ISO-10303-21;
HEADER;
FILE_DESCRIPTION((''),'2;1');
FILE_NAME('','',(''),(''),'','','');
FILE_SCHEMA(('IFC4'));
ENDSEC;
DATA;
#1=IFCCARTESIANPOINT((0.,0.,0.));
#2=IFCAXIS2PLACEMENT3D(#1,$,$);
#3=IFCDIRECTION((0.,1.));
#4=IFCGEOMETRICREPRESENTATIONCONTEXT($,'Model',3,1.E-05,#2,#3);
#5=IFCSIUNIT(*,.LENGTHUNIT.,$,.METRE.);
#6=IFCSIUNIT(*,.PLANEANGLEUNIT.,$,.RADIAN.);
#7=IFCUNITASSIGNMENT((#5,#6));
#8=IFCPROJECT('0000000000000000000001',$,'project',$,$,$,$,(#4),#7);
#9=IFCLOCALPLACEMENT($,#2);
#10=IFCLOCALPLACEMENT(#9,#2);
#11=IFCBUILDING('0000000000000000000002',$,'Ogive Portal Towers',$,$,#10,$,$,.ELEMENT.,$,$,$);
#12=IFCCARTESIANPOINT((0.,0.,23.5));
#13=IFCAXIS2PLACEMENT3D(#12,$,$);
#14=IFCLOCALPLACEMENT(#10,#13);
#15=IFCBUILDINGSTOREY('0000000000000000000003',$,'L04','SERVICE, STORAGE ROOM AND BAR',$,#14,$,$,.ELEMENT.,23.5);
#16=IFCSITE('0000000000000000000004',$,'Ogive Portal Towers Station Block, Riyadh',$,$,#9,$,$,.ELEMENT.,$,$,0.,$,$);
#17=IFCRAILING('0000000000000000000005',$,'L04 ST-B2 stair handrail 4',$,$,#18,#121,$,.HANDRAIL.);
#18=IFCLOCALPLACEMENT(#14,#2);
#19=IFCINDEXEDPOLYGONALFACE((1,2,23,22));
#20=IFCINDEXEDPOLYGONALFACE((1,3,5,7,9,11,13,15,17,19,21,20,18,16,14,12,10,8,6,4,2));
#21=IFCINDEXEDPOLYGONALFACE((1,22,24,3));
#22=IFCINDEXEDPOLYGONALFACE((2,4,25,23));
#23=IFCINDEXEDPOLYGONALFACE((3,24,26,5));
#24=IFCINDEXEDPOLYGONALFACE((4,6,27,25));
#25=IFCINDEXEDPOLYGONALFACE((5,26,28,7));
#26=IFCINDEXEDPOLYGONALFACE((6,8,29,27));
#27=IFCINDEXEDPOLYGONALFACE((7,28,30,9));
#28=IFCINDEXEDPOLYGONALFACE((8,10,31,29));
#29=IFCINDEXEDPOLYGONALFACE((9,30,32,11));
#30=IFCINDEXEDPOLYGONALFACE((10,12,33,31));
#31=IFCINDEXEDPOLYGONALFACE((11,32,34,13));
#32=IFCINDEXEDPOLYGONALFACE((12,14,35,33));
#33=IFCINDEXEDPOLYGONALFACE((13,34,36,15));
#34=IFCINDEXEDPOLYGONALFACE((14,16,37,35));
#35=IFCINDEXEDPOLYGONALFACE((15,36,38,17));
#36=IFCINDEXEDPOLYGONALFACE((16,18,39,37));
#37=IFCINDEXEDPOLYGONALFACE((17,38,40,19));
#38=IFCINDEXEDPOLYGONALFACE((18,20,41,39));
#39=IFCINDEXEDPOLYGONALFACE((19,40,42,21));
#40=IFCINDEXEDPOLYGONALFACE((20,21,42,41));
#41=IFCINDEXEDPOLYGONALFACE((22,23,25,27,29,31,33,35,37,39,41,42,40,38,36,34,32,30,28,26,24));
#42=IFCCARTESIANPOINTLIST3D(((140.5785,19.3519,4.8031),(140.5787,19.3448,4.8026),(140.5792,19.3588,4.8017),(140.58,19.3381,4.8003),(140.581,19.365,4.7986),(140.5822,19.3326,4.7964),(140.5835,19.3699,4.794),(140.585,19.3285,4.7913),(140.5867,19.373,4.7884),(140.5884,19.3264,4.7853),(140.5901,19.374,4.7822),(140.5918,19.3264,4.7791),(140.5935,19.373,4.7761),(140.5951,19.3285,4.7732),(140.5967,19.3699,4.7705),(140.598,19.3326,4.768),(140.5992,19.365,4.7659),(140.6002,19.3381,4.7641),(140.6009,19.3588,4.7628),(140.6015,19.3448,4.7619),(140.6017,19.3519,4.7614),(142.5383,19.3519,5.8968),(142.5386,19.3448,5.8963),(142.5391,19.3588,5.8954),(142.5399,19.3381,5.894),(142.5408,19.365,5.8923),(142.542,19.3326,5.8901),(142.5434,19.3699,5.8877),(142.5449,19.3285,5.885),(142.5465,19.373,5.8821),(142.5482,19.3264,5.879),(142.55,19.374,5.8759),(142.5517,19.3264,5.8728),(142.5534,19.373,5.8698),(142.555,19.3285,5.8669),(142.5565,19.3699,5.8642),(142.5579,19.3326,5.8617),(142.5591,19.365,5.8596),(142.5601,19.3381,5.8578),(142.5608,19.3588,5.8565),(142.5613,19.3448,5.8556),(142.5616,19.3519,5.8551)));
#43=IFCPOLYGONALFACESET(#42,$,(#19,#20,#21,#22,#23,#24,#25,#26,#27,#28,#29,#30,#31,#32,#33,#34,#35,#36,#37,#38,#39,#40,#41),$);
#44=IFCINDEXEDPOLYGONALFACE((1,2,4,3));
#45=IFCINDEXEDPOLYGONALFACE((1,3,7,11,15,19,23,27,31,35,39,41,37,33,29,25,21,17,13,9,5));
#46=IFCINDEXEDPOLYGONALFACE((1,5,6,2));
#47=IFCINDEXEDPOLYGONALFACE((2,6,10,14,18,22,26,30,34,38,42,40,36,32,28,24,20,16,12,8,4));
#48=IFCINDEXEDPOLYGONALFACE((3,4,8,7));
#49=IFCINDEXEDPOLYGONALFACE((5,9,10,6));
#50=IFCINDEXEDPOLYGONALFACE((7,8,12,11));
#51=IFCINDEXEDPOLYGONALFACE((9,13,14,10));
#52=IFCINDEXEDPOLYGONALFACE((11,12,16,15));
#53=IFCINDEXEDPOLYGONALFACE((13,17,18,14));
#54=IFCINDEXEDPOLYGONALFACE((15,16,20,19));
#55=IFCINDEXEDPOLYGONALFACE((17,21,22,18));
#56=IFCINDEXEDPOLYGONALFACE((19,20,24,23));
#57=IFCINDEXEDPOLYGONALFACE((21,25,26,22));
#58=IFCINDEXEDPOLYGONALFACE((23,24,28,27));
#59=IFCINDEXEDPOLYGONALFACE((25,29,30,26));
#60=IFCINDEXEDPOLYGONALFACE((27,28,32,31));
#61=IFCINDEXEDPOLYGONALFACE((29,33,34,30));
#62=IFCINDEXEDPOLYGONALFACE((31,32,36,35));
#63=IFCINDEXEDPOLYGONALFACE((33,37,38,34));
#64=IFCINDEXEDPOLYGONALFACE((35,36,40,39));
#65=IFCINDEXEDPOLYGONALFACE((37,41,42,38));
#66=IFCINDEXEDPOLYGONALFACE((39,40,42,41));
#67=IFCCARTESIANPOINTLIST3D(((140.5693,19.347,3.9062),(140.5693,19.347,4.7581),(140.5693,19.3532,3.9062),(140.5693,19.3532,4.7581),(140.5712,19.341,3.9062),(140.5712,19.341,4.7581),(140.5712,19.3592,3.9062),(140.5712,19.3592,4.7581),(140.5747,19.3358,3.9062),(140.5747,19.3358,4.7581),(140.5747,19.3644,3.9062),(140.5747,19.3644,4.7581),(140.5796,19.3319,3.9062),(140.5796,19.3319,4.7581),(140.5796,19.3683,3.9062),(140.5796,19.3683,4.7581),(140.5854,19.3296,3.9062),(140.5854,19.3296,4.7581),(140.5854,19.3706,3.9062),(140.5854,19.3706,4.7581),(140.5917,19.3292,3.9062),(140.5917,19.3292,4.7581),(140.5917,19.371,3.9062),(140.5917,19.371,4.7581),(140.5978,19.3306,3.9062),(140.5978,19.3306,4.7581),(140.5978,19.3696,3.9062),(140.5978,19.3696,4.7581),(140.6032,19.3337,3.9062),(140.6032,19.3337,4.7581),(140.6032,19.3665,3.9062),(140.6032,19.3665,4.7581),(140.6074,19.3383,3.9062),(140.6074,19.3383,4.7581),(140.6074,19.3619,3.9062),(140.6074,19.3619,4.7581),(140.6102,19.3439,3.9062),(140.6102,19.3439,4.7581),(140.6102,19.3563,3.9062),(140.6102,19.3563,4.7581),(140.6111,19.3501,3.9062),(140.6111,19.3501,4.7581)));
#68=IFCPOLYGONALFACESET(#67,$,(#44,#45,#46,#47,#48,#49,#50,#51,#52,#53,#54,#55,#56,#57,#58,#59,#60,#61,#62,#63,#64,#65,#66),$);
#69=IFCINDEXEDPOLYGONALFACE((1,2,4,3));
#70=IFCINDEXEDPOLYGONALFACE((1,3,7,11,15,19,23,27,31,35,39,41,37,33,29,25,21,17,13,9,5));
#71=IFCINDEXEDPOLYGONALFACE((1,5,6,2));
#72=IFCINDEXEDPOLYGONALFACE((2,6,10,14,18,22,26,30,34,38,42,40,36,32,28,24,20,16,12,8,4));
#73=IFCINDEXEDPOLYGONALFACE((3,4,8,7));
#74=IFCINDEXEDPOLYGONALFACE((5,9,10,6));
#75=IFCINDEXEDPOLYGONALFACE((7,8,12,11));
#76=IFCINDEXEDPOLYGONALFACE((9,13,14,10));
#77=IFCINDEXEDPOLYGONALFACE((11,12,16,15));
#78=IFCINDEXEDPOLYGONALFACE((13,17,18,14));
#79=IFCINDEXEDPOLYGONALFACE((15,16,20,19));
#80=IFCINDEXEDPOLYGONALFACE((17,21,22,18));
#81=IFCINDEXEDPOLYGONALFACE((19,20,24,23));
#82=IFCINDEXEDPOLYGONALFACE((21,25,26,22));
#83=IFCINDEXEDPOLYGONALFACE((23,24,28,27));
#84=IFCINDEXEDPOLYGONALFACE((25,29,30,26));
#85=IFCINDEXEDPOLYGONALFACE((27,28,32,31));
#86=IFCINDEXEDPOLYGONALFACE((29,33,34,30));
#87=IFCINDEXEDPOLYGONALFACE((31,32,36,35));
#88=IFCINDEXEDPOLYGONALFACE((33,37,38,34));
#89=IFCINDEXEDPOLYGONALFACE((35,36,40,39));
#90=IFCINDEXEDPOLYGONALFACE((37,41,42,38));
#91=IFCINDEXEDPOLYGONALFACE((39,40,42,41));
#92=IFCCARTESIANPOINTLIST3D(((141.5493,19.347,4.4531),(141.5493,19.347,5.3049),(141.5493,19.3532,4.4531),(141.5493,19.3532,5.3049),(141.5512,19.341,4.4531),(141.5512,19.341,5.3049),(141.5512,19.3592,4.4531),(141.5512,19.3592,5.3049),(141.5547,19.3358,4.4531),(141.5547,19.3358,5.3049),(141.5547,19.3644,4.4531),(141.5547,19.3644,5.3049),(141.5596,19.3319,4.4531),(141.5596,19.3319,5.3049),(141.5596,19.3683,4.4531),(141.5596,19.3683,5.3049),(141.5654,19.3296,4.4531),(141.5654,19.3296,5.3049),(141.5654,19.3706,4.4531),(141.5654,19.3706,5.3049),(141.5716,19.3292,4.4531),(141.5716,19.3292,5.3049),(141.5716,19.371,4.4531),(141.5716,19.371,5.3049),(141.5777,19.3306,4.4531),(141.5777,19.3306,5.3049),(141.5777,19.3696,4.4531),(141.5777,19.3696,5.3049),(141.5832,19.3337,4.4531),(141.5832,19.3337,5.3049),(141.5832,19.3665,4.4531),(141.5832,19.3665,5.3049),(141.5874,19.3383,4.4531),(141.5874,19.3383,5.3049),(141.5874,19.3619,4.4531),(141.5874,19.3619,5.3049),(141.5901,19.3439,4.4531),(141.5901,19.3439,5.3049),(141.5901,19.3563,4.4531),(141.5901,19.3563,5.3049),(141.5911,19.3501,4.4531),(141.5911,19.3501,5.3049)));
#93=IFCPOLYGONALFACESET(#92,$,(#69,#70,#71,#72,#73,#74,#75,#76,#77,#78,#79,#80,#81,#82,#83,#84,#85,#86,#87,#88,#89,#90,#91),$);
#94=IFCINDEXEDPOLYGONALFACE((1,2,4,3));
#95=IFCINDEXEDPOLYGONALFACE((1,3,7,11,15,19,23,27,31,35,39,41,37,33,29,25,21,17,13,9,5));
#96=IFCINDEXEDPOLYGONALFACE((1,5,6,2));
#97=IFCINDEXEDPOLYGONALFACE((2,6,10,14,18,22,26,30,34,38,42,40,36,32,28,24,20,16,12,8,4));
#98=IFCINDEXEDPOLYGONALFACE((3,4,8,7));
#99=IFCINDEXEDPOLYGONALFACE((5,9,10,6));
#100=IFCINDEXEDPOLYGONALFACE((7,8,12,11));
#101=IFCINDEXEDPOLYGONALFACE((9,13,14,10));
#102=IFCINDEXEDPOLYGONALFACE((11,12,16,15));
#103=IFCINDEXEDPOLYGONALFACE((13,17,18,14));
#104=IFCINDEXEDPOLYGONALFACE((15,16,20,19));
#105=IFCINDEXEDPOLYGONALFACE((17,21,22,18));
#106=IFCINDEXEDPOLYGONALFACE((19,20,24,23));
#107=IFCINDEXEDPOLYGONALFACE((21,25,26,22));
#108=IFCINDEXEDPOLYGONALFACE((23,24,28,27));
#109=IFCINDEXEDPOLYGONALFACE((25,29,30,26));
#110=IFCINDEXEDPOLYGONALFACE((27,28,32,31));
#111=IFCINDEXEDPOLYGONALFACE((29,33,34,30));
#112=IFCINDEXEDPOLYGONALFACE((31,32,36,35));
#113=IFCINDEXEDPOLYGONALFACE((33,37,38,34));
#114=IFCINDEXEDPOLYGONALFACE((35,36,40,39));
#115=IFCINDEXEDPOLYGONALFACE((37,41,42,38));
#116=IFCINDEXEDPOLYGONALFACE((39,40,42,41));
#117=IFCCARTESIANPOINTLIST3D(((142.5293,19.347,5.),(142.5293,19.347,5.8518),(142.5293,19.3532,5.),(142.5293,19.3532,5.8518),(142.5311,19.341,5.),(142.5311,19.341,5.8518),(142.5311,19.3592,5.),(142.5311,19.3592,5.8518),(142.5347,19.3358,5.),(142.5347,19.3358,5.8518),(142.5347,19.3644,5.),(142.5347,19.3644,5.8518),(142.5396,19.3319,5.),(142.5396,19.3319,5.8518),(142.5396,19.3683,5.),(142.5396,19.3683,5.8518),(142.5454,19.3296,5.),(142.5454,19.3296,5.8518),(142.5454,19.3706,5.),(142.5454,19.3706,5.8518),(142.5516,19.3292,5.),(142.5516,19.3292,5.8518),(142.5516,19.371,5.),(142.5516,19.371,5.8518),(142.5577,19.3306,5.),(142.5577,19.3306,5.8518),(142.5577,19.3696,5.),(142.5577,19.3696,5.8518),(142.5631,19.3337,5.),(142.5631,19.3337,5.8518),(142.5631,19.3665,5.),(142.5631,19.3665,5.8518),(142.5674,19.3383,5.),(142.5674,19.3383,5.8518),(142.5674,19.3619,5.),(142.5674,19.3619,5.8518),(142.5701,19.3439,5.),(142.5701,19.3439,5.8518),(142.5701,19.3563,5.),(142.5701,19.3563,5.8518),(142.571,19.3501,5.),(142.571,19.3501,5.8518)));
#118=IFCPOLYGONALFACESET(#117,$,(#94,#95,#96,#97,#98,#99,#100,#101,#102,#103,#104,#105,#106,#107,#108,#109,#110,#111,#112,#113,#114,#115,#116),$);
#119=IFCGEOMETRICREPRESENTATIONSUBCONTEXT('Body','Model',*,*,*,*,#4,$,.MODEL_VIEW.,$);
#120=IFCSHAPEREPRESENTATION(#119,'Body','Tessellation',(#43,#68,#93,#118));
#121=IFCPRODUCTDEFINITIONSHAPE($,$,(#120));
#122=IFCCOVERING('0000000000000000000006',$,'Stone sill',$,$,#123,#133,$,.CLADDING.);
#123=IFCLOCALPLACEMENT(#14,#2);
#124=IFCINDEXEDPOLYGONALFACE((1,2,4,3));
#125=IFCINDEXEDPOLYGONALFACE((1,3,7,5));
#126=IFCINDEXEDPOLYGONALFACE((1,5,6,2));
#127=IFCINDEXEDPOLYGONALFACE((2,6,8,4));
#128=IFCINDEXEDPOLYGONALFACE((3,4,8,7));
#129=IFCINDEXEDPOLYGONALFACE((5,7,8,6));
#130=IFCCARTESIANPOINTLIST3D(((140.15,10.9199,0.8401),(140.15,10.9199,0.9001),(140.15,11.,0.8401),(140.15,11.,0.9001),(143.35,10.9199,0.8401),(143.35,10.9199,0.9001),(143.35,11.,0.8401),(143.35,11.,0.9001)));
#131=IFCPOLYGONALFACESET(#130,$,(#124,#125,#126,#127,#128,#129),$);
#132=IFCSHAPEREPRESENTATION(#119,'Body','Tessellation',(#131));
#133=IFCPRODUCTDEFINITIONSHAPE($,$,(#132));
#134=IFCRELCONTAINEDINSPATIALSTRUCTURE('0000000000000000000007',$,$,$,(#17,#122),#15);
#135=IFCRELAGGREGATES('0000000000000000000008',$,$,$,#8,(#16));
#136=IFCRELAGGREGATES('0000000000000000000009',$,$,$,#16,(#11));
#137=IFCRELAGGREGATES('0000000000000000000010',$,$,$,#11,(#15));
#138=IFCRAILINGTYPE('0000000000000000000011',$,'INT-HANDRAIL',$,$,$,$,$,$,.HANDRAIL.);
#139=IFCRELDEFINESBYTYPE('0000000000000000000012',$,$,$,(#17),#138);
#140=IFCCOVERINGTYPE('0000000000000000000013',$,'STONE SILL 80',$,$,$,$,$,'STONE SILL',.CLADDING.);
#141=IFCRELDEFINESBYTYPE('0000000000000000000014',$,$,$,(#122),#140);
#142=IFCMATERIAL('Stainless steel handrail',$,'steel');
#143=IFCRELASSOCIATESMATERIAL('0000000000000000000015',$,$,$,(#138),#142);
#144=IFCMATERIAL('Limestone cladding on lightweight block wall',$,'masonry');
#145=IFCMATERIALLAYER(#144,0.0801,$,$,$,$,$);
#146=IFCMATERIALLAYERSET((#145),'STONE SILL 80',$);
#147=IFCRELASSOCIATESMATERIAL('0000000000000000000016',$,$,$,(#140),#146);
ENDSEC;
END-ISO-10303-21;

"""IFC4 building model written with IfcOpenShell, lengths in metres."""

from ifc_helpers import new_model, si_unit, direction, frame, origin, origin_2d, place, context, subcontext, project, spatial, rectangle, circle, extrude, material, layer, layer_set, type_object, element, save


model = new_model("IFC4")

# Units and contexts
model_context = context("Model", 3, precision=1e-05, world=origin(), true_north=direction((0.0, 1.0)))
body_context = subcontext(model_context, "Body", "Model", "MODEL_VIEW")
ifc_project = project(units=[si_unit("LENGTHUNIT", "METRE"), si_unit("PLANEANGLEUNIT", "RADIAN")], contexts=[model_context])

# Site, building, storey
site_placement = place(None, origin())
site = spatial("IfcSite", under=ifc_project, at=site_placement, Name="Ogive Portal Towers Station Block, Riyadh", CompositionType="ELEMENT", RefElevation=0.0)
building_placement = place(site_placement, origin())
building = spatial("IfcBuilding", under=site, at=building_placement, Name="Ogive Portal Towers", CompositionType="ELEMENT")
storey_placement = place(building_placement, frame((0.0, 0.0, 23.5)))
storey = spatial("IfcBuildingStorey", under=building, at=storey_placement, Name="L04", Description="SERVICE, STORAGE ROOM AND BAR", CompositionType="ELEMENT", Elevation=23.5)

# Railing
ifc_material_1 = material(Name="Stainless steel handrail", Category="steel")
railing_type_1 = type_object("IfcRailingType", Name="INT-HANDRAIL", PredefinedType="HANDRAIL", material=ifc_material_1)
railing_1_placement = place(storey_placement, frame((140.5901, 19.3501, 3.9062)))
element("IfcRailing", 1, at=railing_1_placement, inside=storey, type_object=railing_type_1, Name="L04 ST-B2 stair handrail 4", PredefinedType="HANDRAIL", context=body_context, shape_type="SweptSolid", body=[
    extrude(circle(Radius=0.0239, at=origin_2d()), frame((0.0, 0.0, 0.876), z_axis=(0.873232, 0.0, 0.487304), x_axis=(0.0, 1.0, 0.0)), (0.0, 0.0, 1.0), 2.2444),
    extrude(circle(Radius=0.021, at=origin_2d()), origin(), (0.0, 0.0, 1.0), 0.8518),
    extrude(circle(Radius=0.021, at=origin_2d()), frame((0.98, 0.0, 0.5469)), (0.0, 0.0, 1.0), 0.8518),
    extrude(circle(Radius=0.021, at=origin_2d()), frame((1.96, 0.0, 1.0938)), (0.0, 0.0, 1.0), 0.8518),
])

# Covering
ifc_material_2 = material(Name="Limestone cladding on lightweight block wall", Category="masonry")
ifc_layer_1 = layer(ifc_material_2, 0.0801)
ifc_layer_set_1 = layer_set([ifc_layer_1], Name="STONE SILL 80")
covering_type = type_object("IfcCoveringType", Name="STONE SILL 80", ElementType="STONE SILL", PredefinedType="CLADDING", material=ifc_layer_set_1)
covering_placement = place(storey_placement, frame((141.75, 10.96, 0.8401), z_axis=(0.0, 0.0, 1.0), x_axis=(1.0, 0.0, 0.0)))
element("IfcCovering", 2, at=covering_placement, inside=storey, type_object=covering_type, Name="Stone sill", PredefinedType="CLADDING", context=body_context, shape_type="SweptSolid", body=[
    extrude(rectangle(XDim=3.2, YDim=0.0801, at=origin_2d()), origin(), (0.0, 0.0, 1.0), 0.0601),
])

save(model, "model.ifc")
